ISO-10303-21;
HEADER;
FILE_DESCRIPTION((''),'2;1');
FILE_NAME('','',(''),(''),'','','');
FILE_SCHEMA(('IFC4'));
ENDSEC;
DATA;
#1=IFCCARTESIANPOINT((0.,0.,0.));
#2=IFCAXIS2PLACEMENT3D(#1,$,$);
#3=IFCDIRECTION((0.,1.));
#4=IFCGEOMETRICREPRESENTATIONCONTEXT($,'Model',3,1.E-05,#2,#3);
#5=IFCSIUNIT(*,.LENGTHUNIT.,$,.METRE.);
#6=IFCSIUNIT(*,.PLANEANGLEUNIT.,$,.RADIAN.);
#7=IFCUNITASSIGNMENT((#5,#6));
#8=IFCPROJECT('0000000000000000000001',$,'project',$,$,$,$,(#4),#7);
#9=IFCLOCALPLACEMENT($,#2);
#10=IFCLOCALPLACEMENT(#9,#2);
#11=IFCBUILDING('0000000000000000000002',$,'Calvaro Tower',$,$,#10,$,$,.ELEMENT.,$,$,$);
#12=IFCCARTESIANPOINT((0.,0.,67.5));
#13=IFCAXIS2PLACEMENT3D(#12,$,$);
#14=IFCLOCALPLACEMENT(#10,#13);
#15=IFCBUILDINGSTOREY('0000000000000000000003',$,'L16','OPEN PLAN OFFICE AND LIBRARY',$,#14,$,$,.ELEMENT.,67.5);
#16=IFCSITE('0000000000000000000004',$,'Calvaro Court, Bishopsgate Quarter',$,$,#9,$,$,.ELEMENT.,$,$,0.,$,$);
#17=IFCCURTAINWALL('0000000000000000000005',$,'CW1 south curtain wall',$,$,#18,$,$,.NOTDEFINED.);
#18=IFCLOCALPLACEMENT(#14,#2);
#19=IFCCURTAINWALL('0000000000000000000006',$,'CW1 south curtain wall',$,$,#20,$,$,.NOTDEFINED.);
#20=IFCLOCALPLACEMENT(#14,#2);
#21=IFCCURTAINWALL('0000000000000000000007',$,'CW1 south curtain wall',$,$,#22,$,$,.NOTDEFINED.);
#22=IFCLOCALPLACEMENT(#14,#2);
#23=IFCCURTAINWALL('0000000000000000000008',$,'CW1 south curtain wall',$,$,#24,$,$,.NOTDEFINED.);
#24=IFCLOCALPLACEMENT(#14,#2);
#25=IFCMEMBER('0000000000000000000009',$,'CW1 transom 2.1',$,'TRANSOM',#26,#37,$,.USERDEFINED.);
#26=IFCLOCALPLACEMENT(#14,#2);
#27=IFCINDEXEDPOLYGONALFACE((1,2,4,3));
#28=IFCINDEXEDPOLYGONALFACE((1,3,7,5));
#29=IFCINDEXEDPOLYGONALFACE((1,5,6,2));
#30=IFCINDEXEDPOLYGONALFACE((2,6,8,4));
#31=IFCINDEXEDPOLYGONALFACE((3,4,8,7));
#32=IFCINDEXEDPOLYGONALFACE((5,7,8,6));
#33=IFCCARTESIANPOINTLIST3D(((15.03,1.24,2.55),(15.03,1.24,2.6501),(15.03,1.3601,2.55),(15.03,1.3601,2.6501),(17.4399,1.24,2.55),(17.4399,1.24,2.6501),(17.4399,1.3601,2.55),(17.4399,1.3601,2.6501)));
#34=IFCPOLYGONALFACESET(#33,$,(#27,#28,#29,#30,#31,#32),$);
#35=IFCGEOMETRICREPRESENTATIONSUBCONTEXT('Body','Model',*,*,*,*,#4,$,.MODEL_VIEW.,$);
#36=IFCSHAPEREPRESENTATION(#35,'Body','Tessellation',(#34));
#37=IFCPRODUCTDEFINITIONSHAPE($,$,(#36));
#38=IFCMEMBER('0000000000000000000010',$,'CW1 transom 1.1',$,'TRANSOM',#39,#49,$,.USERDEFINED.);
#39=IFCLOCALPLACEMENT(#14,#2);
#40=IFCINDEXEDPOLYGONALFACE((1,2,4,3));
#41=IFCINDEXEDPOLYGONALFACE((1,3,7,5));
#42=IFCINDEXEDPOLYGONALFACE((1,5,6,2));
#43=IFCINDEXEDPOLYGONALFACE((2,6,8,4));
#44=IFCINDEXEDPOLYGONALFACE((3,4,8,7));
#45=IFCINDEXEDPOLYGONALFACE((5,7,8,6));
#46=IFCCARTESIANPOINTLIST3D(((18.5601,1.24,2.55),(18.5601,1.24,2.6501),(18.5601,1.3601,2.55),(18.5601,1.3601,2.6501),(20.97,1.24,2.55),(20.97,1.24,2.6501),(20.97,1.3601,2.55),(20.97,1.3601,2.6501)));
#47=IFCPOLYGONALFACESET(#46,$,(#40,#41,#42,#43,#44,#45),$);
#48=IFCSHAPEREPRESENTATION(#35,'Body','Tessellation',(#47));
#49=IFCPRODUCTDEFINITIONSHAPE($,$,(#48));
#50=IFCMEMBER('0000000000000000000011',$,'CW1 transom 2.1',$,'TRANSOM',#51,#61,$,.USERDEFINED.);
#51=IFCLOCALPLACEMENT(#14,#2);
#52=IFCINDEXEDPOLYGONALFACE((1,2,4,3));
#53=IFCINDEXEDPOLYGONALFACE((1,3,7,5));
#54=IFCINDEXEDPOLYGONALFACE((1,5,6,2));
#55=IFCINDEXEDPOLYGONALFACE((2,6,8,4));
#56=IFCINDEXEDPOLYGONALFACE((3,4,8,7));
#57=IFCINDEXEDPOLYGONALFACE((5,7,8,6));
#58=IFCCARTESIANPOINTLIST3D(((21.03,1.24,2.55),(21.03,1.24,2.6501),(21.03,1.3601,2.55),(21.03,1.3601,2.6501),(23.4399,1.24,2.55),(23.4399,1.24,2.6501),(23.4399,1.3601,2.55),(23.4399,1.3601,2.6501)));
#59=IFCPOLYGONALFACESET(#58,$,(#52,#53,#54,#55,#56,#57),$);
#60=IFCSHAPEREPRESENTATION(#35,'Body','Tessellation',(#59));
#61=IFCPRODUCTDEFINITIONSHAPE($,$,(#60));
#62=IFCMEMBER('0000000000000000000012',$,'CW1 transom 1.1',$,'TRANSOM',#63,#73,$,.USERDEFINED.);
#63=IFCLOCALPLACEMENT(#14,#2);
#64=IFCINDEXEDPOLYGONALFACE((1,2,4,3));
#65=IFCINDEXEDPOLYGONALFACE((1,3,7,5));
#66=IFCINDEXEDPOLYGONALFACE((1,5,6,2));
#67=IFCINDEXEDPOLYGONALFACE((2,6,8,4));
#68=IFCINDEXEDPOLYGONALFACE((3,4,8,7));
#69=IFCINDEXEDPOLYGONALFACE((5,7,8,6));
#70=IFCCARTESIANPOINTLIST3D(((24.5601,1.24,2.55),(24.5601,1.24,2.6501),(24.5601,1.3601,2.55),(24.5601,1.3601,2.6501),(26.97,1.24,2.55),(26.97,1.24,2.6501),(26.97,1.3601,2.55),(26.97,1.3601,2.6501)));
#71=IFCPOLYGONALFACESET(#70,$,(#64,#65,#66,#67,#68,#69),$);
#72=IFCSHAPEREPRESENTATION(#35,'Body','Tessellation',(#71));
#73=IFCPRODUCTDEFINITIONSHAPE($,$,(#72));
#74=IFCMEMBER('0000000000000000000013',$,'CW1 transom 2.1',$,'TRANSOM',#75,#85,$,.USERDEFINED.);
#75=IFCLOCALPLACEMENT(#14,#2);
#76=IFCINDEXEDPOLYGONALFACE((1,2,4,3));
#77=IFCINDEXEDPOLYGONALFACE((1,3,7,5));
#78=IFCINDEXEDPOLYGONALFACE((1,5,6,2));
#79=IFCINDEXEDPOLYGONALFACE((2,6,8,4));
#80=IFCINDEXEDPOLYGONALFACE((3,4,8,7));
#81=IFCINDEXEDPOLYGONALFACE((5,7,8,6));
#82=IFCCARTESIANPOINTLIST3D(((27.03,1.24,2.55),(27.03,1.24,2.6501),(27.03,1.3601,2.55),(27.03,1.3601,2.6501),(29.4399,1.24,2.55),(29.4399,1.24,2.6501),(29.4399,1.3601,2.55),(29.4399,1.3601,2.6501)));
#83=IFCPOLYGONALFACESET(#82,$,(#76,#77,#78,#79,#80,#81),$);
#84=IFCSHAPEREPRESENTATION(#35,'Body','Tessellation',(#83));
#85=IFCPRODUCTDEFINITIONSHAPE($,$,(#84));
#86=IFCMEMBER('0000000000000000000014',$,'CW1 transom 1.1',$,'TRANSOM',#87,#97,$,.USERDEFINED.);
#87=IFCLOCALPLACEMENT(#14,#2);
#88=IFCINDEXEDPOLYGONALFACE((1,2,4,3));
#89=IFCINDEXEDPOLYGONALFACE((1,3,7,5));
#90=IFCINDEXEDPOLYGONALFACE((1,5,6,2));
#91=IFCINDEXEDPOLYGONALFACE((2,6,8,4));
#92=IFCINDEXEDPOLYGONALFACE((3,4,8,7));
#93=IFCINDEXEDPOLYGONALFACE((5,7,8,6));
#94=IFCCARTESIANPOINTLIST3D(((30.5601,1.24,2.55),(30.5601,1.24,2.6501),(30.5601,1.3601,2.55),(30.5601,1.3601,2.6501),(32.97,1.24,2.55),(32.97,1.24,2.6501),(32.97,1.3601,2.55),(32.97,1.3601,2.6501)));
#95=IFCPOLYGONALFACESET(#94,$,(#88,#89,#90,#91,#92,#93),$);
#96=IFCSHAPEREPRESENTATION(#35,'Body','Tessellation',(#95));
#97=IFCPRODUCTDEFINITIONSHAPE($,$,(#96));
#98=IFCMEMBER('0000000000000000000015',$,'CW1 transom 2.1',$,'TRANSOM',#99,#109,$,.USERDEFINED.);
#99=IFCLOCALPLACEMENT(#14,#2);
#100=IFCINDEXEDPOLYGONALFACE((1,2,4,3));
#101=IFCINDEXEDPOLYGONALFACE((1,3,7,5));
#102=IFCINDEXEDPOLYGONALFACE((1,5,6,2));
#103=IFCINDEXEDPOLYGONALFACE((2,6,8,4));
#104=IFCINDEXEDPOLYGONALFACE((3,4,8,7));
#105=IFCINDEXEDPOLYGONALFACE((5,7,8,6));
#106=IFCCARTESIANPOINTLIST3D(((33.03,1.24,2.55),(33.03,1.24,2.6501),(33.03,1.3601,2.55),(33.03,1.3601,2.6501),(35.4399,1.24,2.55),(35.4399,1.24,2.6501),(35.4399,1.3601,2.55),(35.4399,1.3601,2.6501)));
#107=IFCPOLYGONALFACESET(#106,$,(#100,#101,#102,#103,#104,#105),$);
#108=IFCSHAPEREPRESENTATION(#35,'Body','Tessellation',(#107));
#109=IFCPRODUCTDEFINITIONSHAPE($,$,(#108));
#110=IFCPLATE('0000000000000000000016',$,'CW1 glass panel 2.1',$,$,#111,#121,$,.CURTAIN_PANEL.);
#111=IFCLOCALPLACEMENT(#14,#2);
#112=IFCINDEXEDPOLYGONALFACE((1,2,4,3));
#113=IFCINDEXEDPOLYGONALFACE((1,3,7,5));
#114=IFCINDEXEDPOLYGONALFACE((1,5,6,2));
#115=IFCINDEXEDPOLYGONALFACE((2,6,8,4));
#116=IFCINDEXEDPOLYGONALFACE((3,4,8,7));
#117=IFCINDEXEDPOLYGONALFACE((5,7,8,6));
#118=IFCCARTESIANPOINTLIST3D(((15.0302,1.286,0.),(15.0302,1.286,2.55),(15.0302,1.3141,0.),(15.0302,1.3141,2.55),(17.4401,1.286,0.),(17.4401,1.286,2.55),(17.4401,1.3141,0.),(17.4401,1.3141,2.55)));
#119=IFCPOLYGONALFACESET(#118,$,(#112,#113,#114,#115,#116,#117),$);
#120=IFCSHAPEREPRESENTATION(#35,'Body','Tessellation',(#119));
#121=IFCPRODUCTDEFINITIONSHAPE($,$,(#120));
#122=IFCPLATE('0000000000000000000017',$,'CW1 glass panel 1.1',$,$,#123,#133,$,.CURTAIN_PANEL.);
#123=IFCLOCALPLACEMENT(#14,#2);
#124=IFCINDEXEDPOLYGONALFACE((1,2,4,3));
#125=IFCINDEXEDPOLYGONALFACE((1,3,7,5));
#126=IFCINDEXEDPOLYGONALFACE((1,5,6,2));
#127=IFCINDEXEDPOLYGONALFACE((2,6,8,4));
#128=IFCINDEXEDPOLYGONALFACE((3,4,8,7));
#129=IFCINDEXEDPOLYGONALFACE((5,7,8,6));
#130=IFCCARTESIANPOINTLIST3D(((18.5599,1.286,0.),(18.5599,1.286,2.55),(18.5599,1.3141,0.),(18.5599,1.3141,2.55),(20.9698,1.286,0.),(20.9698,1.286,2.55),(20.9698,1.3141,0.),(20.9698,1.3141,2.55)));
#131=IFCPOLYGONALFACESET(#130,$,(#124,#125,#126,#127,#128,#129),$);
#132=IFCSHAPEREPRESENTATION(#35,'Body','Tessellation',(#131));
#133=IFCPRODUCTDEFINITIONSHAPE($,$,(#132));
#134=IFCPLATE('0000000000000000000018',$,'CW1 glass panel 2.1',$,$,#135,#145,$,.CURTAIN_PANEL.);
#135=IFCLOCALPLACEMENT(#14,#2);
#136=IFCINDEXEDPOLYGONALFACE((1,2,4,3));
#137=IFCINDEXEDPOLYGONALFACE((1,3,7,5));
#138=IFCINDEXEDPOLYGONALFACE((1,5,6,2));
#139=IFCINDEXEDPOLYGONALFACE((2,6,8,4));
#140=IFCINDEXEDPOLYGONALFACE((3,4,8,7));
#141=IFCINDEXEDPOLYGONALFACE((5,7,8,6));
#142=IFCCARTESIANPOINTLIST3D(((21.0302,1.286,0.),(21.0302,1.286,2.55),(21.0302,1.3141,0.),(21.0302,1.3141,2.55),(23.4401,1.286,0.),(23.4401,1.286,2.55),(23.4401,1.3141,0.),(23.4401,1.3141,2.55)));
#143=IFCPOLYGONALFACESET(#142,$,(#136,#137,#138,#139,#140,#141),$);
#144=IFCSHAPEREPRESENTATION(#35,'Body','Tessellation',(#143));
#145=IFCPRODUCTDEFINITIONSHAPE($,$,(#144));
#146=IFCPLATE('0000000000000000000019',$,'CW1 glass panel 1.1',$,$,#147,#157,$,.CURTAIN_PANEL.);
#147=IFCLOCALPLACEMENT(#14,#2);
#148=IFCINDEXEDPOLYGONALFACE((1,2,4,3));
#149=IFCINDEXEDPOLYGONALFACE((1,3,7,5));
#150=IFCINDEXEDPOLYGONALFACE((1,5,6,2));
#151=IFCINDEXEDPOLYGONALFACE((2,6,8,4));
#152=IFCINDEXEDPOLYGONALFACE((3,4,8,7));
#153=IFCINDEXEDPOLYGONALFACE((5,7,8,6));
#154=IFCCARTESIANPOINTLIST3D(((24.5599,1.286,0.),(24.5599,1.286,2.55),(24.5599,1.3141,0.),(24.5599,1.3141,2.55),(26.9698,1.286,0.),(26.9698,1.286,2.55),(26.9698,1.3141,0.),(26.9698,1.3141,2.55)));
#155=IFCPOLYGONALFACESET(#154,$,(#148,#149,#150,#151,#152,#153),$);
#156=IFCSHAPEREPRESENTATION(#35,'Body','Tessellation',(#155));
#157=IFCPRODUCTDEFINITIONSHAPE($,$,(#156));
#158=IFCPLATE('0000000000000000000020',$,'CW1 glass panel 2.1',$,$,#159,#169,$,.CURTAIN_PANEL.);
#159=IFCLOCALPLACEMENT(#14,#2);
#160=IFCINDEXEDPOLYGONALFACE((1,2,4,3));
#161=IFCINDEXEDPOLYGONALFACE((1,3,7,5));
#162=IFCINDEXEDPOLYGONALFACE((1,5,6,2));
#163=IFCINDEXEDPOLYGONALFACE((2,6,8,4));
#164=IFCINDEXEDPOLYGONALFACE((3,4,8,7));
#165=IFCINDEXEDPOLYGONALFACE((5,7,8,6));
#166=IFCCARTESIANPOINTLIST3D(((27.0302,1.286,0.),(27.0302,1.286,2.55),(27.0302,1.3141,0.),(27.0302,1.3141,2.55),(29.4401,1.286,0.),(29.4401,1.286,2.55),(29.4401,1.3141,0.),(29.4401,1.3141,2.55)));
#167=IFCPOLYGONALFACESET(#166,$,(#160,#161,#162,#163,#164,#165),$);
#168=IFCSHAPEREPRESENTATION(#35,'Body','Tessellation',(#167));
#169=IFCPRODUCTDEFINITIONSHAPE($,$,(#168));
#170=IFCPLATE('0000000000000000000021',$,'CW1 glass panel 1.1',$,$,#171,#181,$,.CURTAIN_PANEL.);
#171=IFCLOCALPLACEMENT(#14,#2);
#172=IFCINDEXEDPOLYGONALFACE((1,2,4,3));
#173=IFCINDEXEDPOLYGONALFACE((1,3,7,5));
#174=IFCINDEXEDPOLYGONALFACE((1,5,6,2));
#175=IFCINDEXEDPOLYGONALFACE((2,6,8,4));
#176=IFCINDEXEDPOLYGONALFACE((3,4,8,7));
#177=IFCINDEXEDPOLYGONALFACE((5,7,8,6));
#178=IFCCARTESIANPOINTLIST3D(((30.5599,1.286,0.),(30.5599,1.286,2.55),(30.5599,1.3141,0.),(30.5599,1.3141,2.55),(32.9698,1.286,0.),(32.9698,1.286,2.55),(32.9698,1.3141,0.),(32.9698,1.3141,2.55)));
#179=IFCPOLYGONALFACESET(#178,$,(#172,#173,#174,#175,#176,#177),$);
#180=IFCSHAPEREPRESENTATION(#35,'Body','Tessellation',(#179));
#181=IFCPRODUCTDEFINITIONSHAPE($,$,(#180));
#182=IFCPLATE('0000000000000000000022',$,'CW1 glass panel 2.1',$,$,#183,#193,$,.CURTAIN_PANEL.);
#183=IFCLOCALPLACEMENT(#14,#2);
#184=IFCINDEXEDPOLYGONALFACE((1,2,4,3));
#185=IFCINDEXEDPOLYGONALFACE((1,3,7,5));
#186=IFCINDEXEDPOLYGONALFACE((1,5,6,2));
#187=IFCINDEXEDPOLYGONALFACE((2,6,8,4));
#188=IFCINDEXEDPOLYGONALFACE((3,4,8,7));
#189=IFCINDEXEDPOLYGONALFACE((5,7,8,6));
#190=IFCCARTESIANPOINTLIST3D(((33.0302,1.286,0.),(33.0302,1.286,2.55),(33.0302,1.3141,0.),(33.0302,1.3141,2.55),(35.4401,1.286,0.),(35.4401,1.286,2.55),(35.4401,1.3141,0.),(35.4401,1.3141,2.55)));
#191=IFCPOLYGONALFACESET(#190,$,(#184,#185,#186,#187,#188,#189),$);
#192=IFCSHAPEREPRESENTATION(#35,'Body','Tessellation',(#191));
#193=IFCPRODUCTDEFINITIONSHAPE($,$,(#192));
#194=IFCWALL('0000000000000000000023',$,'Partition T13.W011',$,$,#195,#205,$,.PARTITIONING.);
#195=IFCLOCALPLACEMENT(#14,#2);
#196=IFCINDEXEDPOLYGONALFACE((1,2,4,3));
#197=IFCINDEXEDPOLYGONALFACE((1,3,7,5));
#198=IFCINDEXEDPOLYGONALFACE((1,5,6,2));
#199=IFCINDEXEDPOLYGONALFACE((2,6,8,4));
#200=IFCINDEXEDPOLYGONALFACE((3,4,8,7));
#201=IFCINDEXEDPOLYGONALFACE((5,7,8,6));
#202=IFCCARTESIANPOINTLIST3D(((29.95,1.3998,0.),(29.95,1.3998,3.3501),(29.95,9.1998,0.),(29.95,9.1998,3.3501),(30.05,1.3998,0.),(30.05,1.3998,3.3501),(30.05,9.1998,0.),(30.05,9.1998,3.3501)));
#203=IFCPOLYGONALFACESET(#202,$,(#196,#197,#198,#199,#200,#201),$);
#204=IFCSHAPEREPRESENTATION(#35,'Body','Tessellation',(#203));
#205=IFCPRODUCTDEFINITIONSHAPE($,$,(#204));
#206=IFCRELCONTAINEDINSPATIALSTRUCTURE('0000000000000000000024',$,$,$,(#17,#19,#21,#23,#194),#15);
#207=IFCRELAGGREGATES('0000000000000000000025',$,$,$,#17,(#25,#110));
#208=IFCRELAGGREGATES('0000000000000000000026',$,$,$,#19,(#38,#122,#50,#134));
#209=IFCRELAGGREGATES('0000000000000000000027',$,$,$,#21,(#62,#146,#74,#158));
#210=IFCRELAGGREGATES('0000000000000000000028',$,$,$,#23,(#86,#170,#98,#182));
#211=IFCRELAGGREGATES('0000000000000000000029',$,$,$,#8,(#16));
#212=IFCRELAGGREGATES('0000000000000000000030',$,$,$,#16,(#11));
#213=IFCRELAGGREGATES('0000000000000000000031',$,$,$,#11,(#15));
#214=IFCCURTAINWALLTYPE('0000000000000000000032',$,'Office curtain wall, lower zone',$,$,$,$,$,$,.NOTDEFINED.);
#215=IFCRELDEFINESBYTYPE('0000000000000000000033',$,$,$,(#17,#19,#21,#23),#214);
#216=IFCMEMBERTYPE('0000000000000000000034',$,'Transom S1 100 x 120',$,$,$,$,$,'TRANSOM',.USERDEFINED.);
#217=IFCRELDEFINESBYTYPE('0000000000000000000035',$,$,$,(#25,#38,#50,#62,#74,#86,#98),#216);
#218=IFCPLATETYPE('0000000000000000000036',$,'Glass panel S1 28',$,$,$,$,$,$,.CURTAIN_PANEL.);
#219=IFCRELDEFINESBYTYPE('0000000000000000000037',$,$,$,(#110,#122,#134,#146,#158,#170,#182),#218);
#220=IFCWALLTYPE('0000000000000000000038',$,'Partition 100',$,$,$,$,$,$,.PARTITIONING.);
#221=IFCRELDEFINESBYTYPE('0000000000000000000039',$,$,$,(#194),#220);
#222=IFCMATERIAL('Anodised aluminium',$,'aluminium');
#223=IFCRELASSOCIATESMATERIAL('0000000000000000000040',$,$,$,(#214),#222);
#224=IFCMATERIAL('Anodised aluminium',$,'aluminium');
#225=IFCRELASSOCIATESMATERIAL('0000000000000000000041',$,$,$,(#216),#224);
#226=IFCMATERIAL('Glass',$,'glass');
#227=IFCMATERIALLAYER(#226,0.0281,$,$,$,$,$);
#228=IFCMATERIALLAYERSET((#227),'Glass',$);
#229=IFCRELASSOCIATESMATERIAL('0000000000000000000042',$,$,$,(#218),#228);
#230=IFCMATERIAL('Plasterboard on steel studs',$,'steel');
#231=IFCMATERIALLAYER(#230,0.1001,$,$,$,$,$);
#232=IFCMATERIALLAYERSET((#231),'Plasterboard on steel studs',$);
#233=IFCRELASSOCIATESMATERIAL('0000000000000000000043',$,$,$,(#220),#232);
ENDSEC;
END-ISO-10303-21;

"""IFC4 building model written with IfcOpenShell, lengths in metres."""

from ifc_helpers import new_model, si_unit, direction, frame, frame_2d, origin, origin_2d, place, context, subcontext, project, spatial, rectangle, extrude, material, layer, layer_set, material_profile, profile_set, type_object, element, aggregate, save


model = new_model("IFC4")

# Units and contexts
model_context = context("Model", 3, precision=1e-05, world=origin(), true_north=direction((0.0, 1.0)))
body_context = subcontext(model_context, "Body", "Model", "MODEL_VIEW")
ifc_project = project(units=[si_unit("LENGTHUNIT", "METRE"), si_unit("PLANEANGLEUNIT", "RADIAN")], contexts=[model_context])

# Site, building, storey
site_placement = place(None, origin())
site = spatial("IfcSite", under=ifc_project, at=site_placement, Name="Calvaro Court, Bishopsgate Quarter", CompositionType="ELEMENT", RefElevation=0.0)
building_placement = place(site_placement, origin())
building = spatial("IfcBuilding", under=site, at=building_placement, Name="Calvaro Tower", CompositionType="ELEMENT")
storey_placement = place(building_placement, frame((0.0, 0.0, 67.5)))
storey = spatial("IfcBuildingStorey", under=building, at=storey_placement, Name="L16", Description="OPEN PLAN OFFICE AND LIBRARY", CompositionType="ELEMENT", Elevation=67.5)

# Curtain walls
ifc_material_1 = material(Name="Anodised aluminium", Category="aluminium")
curtain_wall_type = type_object("IfcCurtainWallType", Name="Office curtain wall, lower zone", PredefinedType="NOTDEFINED", material=ifc_material_1)
curtain_wall_1_placement = place(storey_placement, origin())
curtain_wall_1 = element("IfcCurtainWall", 1, at=curtain_wall_1_placement, inside=storey, type_object=curtain_wall_type, Name="CW1 south curtain wall", PredefinedType="NOTDEFINED")
curtain_wall_2_placement = place(storey_placement, origin())
curtain_wall_2 = element("IfcCurtainWall", 2, at=curtain_wall_2_placement, inside=storey, type_object=curtain_wall_type, Name="CW1 south curtain wall", PredefinedType="NOTDEFINED")
curtain_wall_3_placement = place(storey_placement, origin())
curtain_wall_3 = element("IfcCurtainWall", 3, at=curtain_wall_3_placement, inside=storey, type_object=curtain_wall_type, Name="CW1 south curtain wall", PredefinedType="NOTDEFINED")
curtain_wall_4_placement = place(storey_placement, origin())
curtain_wall_4 = element("IfcCurtainWall", 4, at=curtain_wall_4_placement, inside=storey, type_object=curtain_wall_type, Name="CW1 south curtain wall", PredefinedType="NOTDEFINED")

# Members
ifc_material_2 = material(Name="Anodised aluminium", Category="aluminium")
ifc_material_profile_1 = material_profile(ifc_material_2, rectangle(XDim=0.1201, YDim=0.1001, at=origin_2d()), Name="Transom S1 100 x 120")
ifc_profile_set_1 = profile_set([ifc_material_profile_1], Name="Anodised aluminium")
member_type_1 = type_object("IfcMemberType", Name="Transom S1 100 x 120", ElementType="TRANSOM", PredefinedType="USERDEFINED", material=ifc_profile_set_1)
member_1_placement = place(storey_placement, frame((15.03, 1.3, 2.6001), z_axis=(1.0, 0.0, 0.0), x_axis=(0.0, 1.0, 0.0)))
member_1 = element("IfcMember", 5, at=member_1_placement, type_object=member_type_1, Name="CW1 transom 2.1", ObjectType="TRANSOM", PredefinedType="USERDEFINED", context=body_context, shape_type="SweptSolid", body=[
    extrude(rectangle(XDim=0.1201, YDim=0.1001, at=origin_2d()), origin(), (0.0, 0.0, 1.0), 2.4099),
])
member_2_placement = place(storey_placement, frame((18.5601, 1.3, 2.6001), z_axis=(1.0, 0.0, 0.0), x_axis=(0.0, 1.0, 0.0)))
member_2 = element("IfcMember", 6, at=member_2_placement, type_object=member_type_1, Name="CW1 transom 1.1", ObjectType="TRANSOM", PredefinedType="USERDEFINED", context=body_context, shape_type="SweptSolid", body=[
    extrude(rectangle(XDim=0.1201, YDim=0.1001, at=origin_2d()), origin(), (0.0, 0.0, 1.0), 2.4099),
])
member_3_placement = place(storey_placement, frame((21.03, 1.3, 2.6001), z_axis=(1.0, 0.0, 0.0), x_axis=(0.0, 1.0, 0.0)))
member_3 = element("IfcMember", 7, at=member_3_placement, type_object=member_type_1, Name="CW1 transom 2.1", ObjectType="TRANSOM", PredefinedType="USERDEFINED", context=body_context, shape_type="SweptSolid", body=[
    extrude(rectangle(XDim=0.1201, YDim=0.1001, at=origin_2d()), origin(), (0.0, 0.0, 1.0), 2.4099),
])
member_4_placement = place(storey_placement, frame((24.5601, 1.3, 2.6001), z_axis=(1.0, 0.0, 0.0), x_axis=(0.0, 1.0, 0.0)))
member_4 = element("IfcMember", 8, at=member_4_placement, type_object=member_type_1, Name="CW1 transom 1.1", ObjectType="TRANSOM", PredefinedType="USERDEFINED", context=body_context, shape_type="SweptSolid", body=[
    extrude(rectangle(XDim=0.1201, YDim=0.1001, at=origin_2d()), origin(), (0.0, 0.0, 1.0), 2.4099),
])
member_5_placement = place(storey_placement, frame((27.03, 1.3, 2.6001), z_axis=(1.0, 0.0, 0.0), x_axis=(0.0, 1.0, 0.0)))
member_5 = element("IfcMember", 9, at=member_5_placement, type_object=member_type_1, Name="CW1 transom 2.1", ObjectType="TRANSOM", PredefinedType="USERDEFINED", context=body_context, shape_type="SweptSolid", body=[
    extrude(rectangle(XDim=0.1201, YDim=0.1001, at=origin_2d()), origin(), (0.0, 0.0, 1.0), 2.4099),
])
member_6_placement = place(storey_placement, frame((30.5601, 1.3, 2.6001), z_axis=(1.0, 0.0, 0.0), x_axis=(0.0, 1.0, 0.0)))
member_6 = element("IfcMember", 10, at=member_6_placement, type_object=member_type_1, Name="CW1 transom 1.1", ObjectType="TRANSOM", PredefinedType="USERDEFINED", context=body_context, shape_type="SweptSolid", body=[
    extrude(rectangle(XDim=0.1201, YDim=0.1001, at=origin_2d()), origin(), (0.0, 0.0, 1.0), 2.4099),
])
member_7_placement = place(storey_placement, frame((33.03, 1.3, 2.6001), z_axis=(1.0, 0.0, 0.0), x_axis=(0.0, 1.0, 0.0)))
member_7 = element("IfcMember", 11, at=member_7_placement, type_object=member_type_1, Name="CW1 transom 2.1", ObjectType="TRANSOM", PredefinedType="USERDEFINED", context=body_context, shape_type="SweptSolid", body=[
    extrude(rectangle(XDim=0.1201, YDim=0.1001, at=origin_2d()), origin(), (0.0, 0.0, 1.0), 2.4099),
])

# Plates
ifc_material_3 = material(Name="Glass", Category="glass")
ifc_layer_1 = layer(ifc_material_3, 0.0281)
ifc_layer_set_1 = layer_set([ifc_layer_1], Name="Glass")
plate_type = type_object("IfcPlateType", Name="Glass panel S1 28", PredefinedType="CURTAIN_PANEL", material=ifc_layer_set_1)
plate_1_placement = place(storey_placement, frame((16.2351, 1.3, 0.0), z_axis=(0.0, 0.0, 1.0), x_axis=(1.0, 0.0, 0.0)))
plate_1 = element("IfcPlate", 12, at=plate_1_placement, type_object=plate_type, Name="CW1 glass panel 2.1", PredefinedType="CURTAIN_PANEL", context=body_context, shape_type="SweptSolid", body=[
    extrude(rectangle(XDim=2.4099, YDim=0.0281, at=origin_2d()), origin(), (0.0, 0.0, 1.0), 2.55),
])
aggregate(curtain_wall_1, [member_1, plate_1])
plate_2_placement = place(storey_placement, frame((19.7649, 1.3, 0.0), z_axis=(0.0, 0.0, 1.0), x_axis=(1.0, 0.0, 0.0)))
plate_2 = element("IfcPlate", 13, at=plate_2_placement, type_object=plate_type, Name="CW1 glass panel 1.1", PredefinedType="CURTAIN_PANEL", context=body_context, shape_type="SweptSolid", body=[
    extrude(rectangle(XDim=2.4099, YDim=0.0281, at=origin_2d()), origin(), (0.0, 0.0, 1.0), 2.55),
])
plate_3_placement = place(storey_placement, frame((22.2351, 1.3, 0.0), z_axis=(0.0, 0.0, 1.0), x_axis=(1.0, 0.0, 0.0)))
plate_3 = element("IfcPlate", 14, at=plate_3_placement, type_object=plate_type, Name="CW1 glass panel 2.1", PredefinedType="CURTAIN_PANEL", context=body_context, shape_type="SweptSolid", body=[
    extrude(rectangle(XDim=2.4099, YDim=0.0281, at=origin_2d()), origin(), (0.0, 0.0, 1.0), 2.55),
])
aggregate(curtain_wall_2, [member_2, plate_2, member_3, plate_3])
plate_4_placement = place(storey_placement, frame((25.7649, 1.3, 0.0), z_axis=(0.0, 0.0, 1.0), x_axis=(1.0, 0.0, 0.0)))
plate_4 = element("IfcPlate", 15, at=plate_4_placement, type_object=plate_type, Name="CW1 glass panel 1.1", PredefinedType="CURTAIN_PANEL", context=body_context, shape_type="SweptSolid", body=[
    extrude(rectangle(XDim=2.4099, YDim=0.0281, at=origin_2d()), origin(), (0.0, 0.0, 1.0), 2.55),
])
plate_5_placement = place(storey_placement, frame((28.2351, 1.3, 0.0), z_axis=(0.0, 0.0, 1.0), x_axis=(1.0, 0.0, 0.0)))
plate_5 = element("IfcPlate", 16, at=plate_5_placement, type_object=plate_type, Name="CW1 glass panel 2.1", PredefinedType="CURTAIN_PANEL", context=body_context, shape_type="SweptSolid", body=[
    extrude(rectangle(XDim=2.4099, YDim=0.0281, at=origin_2d()), origin(), (0.0, 0.0, 1.0), 2.55),
])
aggregate(curtain_wall_3, [member_4, plate_4, member_5, plate_5])
plate_6_placement = place(storey_placement, frame((31.7649, 1.3, 0.0), z_axis=(0.0, 0.0, 1.0), x_axis=(1.0, 0.0, 0.0)))
plate_6 = element("IfcPlate", 17, at=plate_6_placement, type_object=plate_type, Name="CW1 glass panel 1.1", PredefinedType="CURTAIN_PANEL", context=body_context, shape_type="SweptSolid", body=[
    extrude(rectangle(XDim=2.4099, YDim=0.0281, at=origin_2d()), origin(), (0.0, 0.0, 1.0), 2.55),
])
plate_7_placement = place(storey_placement, frame((34.2351, 1.3, 0.0), z_axis=(0.0, 0.0, 1.0), x_axis=(1.0, 0.0, 0.0)))
plate_7 = element("IfcPlate", 18, at=plate_7_placement, type_object=plate_type, Name="CW1 glass panel 2.1", PredefinedType="CURTAIN_PANEL", context=body_context, shape_type="SweptSolid", body=[
    extrude(rectangle(XDim=2.4099, YDim=0.0281, at=origin_2d()), origin(), (0.0, 0.0, 1.0), 2.55),
])
aggregate(curtain_wall_4, [member_6, plate_6, member_7, plate_7])

# Wall
ifc_material_4 = material(Name="Plasterboard on steel studs", Category="steel")
ifc_layer_2 = layer(ifc_material_4, 0.1001)
ifc_layer_set_2 = layer_set([ifc_layer_2], Name="Plasterboard on steel studs")
wall_type = type_object("IfcWallType", Name="Partition 100", PredefinedType="PARTITIONING", material=ifc_layer_set_2)
wall_placement = place(storey_placement, frame((30.0, 1.3999, 0.0), z_axis=(0.0, 0.0, 1.0), x_axis=(0.0, 1.0, 0.0)))
element("IfcWall", 19, at=wall_placement, inside=storey, type_object=wall_type, Name="Partition T13.W011", PredefinedType="PARTITIONING", context=body_context, shape_type="SweptSolid", body=[
    extrude(rectangle(XDim=7.8, YDim=0.1001, at=frame_2d((3.8999, 0.0))), origin(), (0.0, 0.0, 1.0), 3.3501),
])

save(model, "model.ifc")
